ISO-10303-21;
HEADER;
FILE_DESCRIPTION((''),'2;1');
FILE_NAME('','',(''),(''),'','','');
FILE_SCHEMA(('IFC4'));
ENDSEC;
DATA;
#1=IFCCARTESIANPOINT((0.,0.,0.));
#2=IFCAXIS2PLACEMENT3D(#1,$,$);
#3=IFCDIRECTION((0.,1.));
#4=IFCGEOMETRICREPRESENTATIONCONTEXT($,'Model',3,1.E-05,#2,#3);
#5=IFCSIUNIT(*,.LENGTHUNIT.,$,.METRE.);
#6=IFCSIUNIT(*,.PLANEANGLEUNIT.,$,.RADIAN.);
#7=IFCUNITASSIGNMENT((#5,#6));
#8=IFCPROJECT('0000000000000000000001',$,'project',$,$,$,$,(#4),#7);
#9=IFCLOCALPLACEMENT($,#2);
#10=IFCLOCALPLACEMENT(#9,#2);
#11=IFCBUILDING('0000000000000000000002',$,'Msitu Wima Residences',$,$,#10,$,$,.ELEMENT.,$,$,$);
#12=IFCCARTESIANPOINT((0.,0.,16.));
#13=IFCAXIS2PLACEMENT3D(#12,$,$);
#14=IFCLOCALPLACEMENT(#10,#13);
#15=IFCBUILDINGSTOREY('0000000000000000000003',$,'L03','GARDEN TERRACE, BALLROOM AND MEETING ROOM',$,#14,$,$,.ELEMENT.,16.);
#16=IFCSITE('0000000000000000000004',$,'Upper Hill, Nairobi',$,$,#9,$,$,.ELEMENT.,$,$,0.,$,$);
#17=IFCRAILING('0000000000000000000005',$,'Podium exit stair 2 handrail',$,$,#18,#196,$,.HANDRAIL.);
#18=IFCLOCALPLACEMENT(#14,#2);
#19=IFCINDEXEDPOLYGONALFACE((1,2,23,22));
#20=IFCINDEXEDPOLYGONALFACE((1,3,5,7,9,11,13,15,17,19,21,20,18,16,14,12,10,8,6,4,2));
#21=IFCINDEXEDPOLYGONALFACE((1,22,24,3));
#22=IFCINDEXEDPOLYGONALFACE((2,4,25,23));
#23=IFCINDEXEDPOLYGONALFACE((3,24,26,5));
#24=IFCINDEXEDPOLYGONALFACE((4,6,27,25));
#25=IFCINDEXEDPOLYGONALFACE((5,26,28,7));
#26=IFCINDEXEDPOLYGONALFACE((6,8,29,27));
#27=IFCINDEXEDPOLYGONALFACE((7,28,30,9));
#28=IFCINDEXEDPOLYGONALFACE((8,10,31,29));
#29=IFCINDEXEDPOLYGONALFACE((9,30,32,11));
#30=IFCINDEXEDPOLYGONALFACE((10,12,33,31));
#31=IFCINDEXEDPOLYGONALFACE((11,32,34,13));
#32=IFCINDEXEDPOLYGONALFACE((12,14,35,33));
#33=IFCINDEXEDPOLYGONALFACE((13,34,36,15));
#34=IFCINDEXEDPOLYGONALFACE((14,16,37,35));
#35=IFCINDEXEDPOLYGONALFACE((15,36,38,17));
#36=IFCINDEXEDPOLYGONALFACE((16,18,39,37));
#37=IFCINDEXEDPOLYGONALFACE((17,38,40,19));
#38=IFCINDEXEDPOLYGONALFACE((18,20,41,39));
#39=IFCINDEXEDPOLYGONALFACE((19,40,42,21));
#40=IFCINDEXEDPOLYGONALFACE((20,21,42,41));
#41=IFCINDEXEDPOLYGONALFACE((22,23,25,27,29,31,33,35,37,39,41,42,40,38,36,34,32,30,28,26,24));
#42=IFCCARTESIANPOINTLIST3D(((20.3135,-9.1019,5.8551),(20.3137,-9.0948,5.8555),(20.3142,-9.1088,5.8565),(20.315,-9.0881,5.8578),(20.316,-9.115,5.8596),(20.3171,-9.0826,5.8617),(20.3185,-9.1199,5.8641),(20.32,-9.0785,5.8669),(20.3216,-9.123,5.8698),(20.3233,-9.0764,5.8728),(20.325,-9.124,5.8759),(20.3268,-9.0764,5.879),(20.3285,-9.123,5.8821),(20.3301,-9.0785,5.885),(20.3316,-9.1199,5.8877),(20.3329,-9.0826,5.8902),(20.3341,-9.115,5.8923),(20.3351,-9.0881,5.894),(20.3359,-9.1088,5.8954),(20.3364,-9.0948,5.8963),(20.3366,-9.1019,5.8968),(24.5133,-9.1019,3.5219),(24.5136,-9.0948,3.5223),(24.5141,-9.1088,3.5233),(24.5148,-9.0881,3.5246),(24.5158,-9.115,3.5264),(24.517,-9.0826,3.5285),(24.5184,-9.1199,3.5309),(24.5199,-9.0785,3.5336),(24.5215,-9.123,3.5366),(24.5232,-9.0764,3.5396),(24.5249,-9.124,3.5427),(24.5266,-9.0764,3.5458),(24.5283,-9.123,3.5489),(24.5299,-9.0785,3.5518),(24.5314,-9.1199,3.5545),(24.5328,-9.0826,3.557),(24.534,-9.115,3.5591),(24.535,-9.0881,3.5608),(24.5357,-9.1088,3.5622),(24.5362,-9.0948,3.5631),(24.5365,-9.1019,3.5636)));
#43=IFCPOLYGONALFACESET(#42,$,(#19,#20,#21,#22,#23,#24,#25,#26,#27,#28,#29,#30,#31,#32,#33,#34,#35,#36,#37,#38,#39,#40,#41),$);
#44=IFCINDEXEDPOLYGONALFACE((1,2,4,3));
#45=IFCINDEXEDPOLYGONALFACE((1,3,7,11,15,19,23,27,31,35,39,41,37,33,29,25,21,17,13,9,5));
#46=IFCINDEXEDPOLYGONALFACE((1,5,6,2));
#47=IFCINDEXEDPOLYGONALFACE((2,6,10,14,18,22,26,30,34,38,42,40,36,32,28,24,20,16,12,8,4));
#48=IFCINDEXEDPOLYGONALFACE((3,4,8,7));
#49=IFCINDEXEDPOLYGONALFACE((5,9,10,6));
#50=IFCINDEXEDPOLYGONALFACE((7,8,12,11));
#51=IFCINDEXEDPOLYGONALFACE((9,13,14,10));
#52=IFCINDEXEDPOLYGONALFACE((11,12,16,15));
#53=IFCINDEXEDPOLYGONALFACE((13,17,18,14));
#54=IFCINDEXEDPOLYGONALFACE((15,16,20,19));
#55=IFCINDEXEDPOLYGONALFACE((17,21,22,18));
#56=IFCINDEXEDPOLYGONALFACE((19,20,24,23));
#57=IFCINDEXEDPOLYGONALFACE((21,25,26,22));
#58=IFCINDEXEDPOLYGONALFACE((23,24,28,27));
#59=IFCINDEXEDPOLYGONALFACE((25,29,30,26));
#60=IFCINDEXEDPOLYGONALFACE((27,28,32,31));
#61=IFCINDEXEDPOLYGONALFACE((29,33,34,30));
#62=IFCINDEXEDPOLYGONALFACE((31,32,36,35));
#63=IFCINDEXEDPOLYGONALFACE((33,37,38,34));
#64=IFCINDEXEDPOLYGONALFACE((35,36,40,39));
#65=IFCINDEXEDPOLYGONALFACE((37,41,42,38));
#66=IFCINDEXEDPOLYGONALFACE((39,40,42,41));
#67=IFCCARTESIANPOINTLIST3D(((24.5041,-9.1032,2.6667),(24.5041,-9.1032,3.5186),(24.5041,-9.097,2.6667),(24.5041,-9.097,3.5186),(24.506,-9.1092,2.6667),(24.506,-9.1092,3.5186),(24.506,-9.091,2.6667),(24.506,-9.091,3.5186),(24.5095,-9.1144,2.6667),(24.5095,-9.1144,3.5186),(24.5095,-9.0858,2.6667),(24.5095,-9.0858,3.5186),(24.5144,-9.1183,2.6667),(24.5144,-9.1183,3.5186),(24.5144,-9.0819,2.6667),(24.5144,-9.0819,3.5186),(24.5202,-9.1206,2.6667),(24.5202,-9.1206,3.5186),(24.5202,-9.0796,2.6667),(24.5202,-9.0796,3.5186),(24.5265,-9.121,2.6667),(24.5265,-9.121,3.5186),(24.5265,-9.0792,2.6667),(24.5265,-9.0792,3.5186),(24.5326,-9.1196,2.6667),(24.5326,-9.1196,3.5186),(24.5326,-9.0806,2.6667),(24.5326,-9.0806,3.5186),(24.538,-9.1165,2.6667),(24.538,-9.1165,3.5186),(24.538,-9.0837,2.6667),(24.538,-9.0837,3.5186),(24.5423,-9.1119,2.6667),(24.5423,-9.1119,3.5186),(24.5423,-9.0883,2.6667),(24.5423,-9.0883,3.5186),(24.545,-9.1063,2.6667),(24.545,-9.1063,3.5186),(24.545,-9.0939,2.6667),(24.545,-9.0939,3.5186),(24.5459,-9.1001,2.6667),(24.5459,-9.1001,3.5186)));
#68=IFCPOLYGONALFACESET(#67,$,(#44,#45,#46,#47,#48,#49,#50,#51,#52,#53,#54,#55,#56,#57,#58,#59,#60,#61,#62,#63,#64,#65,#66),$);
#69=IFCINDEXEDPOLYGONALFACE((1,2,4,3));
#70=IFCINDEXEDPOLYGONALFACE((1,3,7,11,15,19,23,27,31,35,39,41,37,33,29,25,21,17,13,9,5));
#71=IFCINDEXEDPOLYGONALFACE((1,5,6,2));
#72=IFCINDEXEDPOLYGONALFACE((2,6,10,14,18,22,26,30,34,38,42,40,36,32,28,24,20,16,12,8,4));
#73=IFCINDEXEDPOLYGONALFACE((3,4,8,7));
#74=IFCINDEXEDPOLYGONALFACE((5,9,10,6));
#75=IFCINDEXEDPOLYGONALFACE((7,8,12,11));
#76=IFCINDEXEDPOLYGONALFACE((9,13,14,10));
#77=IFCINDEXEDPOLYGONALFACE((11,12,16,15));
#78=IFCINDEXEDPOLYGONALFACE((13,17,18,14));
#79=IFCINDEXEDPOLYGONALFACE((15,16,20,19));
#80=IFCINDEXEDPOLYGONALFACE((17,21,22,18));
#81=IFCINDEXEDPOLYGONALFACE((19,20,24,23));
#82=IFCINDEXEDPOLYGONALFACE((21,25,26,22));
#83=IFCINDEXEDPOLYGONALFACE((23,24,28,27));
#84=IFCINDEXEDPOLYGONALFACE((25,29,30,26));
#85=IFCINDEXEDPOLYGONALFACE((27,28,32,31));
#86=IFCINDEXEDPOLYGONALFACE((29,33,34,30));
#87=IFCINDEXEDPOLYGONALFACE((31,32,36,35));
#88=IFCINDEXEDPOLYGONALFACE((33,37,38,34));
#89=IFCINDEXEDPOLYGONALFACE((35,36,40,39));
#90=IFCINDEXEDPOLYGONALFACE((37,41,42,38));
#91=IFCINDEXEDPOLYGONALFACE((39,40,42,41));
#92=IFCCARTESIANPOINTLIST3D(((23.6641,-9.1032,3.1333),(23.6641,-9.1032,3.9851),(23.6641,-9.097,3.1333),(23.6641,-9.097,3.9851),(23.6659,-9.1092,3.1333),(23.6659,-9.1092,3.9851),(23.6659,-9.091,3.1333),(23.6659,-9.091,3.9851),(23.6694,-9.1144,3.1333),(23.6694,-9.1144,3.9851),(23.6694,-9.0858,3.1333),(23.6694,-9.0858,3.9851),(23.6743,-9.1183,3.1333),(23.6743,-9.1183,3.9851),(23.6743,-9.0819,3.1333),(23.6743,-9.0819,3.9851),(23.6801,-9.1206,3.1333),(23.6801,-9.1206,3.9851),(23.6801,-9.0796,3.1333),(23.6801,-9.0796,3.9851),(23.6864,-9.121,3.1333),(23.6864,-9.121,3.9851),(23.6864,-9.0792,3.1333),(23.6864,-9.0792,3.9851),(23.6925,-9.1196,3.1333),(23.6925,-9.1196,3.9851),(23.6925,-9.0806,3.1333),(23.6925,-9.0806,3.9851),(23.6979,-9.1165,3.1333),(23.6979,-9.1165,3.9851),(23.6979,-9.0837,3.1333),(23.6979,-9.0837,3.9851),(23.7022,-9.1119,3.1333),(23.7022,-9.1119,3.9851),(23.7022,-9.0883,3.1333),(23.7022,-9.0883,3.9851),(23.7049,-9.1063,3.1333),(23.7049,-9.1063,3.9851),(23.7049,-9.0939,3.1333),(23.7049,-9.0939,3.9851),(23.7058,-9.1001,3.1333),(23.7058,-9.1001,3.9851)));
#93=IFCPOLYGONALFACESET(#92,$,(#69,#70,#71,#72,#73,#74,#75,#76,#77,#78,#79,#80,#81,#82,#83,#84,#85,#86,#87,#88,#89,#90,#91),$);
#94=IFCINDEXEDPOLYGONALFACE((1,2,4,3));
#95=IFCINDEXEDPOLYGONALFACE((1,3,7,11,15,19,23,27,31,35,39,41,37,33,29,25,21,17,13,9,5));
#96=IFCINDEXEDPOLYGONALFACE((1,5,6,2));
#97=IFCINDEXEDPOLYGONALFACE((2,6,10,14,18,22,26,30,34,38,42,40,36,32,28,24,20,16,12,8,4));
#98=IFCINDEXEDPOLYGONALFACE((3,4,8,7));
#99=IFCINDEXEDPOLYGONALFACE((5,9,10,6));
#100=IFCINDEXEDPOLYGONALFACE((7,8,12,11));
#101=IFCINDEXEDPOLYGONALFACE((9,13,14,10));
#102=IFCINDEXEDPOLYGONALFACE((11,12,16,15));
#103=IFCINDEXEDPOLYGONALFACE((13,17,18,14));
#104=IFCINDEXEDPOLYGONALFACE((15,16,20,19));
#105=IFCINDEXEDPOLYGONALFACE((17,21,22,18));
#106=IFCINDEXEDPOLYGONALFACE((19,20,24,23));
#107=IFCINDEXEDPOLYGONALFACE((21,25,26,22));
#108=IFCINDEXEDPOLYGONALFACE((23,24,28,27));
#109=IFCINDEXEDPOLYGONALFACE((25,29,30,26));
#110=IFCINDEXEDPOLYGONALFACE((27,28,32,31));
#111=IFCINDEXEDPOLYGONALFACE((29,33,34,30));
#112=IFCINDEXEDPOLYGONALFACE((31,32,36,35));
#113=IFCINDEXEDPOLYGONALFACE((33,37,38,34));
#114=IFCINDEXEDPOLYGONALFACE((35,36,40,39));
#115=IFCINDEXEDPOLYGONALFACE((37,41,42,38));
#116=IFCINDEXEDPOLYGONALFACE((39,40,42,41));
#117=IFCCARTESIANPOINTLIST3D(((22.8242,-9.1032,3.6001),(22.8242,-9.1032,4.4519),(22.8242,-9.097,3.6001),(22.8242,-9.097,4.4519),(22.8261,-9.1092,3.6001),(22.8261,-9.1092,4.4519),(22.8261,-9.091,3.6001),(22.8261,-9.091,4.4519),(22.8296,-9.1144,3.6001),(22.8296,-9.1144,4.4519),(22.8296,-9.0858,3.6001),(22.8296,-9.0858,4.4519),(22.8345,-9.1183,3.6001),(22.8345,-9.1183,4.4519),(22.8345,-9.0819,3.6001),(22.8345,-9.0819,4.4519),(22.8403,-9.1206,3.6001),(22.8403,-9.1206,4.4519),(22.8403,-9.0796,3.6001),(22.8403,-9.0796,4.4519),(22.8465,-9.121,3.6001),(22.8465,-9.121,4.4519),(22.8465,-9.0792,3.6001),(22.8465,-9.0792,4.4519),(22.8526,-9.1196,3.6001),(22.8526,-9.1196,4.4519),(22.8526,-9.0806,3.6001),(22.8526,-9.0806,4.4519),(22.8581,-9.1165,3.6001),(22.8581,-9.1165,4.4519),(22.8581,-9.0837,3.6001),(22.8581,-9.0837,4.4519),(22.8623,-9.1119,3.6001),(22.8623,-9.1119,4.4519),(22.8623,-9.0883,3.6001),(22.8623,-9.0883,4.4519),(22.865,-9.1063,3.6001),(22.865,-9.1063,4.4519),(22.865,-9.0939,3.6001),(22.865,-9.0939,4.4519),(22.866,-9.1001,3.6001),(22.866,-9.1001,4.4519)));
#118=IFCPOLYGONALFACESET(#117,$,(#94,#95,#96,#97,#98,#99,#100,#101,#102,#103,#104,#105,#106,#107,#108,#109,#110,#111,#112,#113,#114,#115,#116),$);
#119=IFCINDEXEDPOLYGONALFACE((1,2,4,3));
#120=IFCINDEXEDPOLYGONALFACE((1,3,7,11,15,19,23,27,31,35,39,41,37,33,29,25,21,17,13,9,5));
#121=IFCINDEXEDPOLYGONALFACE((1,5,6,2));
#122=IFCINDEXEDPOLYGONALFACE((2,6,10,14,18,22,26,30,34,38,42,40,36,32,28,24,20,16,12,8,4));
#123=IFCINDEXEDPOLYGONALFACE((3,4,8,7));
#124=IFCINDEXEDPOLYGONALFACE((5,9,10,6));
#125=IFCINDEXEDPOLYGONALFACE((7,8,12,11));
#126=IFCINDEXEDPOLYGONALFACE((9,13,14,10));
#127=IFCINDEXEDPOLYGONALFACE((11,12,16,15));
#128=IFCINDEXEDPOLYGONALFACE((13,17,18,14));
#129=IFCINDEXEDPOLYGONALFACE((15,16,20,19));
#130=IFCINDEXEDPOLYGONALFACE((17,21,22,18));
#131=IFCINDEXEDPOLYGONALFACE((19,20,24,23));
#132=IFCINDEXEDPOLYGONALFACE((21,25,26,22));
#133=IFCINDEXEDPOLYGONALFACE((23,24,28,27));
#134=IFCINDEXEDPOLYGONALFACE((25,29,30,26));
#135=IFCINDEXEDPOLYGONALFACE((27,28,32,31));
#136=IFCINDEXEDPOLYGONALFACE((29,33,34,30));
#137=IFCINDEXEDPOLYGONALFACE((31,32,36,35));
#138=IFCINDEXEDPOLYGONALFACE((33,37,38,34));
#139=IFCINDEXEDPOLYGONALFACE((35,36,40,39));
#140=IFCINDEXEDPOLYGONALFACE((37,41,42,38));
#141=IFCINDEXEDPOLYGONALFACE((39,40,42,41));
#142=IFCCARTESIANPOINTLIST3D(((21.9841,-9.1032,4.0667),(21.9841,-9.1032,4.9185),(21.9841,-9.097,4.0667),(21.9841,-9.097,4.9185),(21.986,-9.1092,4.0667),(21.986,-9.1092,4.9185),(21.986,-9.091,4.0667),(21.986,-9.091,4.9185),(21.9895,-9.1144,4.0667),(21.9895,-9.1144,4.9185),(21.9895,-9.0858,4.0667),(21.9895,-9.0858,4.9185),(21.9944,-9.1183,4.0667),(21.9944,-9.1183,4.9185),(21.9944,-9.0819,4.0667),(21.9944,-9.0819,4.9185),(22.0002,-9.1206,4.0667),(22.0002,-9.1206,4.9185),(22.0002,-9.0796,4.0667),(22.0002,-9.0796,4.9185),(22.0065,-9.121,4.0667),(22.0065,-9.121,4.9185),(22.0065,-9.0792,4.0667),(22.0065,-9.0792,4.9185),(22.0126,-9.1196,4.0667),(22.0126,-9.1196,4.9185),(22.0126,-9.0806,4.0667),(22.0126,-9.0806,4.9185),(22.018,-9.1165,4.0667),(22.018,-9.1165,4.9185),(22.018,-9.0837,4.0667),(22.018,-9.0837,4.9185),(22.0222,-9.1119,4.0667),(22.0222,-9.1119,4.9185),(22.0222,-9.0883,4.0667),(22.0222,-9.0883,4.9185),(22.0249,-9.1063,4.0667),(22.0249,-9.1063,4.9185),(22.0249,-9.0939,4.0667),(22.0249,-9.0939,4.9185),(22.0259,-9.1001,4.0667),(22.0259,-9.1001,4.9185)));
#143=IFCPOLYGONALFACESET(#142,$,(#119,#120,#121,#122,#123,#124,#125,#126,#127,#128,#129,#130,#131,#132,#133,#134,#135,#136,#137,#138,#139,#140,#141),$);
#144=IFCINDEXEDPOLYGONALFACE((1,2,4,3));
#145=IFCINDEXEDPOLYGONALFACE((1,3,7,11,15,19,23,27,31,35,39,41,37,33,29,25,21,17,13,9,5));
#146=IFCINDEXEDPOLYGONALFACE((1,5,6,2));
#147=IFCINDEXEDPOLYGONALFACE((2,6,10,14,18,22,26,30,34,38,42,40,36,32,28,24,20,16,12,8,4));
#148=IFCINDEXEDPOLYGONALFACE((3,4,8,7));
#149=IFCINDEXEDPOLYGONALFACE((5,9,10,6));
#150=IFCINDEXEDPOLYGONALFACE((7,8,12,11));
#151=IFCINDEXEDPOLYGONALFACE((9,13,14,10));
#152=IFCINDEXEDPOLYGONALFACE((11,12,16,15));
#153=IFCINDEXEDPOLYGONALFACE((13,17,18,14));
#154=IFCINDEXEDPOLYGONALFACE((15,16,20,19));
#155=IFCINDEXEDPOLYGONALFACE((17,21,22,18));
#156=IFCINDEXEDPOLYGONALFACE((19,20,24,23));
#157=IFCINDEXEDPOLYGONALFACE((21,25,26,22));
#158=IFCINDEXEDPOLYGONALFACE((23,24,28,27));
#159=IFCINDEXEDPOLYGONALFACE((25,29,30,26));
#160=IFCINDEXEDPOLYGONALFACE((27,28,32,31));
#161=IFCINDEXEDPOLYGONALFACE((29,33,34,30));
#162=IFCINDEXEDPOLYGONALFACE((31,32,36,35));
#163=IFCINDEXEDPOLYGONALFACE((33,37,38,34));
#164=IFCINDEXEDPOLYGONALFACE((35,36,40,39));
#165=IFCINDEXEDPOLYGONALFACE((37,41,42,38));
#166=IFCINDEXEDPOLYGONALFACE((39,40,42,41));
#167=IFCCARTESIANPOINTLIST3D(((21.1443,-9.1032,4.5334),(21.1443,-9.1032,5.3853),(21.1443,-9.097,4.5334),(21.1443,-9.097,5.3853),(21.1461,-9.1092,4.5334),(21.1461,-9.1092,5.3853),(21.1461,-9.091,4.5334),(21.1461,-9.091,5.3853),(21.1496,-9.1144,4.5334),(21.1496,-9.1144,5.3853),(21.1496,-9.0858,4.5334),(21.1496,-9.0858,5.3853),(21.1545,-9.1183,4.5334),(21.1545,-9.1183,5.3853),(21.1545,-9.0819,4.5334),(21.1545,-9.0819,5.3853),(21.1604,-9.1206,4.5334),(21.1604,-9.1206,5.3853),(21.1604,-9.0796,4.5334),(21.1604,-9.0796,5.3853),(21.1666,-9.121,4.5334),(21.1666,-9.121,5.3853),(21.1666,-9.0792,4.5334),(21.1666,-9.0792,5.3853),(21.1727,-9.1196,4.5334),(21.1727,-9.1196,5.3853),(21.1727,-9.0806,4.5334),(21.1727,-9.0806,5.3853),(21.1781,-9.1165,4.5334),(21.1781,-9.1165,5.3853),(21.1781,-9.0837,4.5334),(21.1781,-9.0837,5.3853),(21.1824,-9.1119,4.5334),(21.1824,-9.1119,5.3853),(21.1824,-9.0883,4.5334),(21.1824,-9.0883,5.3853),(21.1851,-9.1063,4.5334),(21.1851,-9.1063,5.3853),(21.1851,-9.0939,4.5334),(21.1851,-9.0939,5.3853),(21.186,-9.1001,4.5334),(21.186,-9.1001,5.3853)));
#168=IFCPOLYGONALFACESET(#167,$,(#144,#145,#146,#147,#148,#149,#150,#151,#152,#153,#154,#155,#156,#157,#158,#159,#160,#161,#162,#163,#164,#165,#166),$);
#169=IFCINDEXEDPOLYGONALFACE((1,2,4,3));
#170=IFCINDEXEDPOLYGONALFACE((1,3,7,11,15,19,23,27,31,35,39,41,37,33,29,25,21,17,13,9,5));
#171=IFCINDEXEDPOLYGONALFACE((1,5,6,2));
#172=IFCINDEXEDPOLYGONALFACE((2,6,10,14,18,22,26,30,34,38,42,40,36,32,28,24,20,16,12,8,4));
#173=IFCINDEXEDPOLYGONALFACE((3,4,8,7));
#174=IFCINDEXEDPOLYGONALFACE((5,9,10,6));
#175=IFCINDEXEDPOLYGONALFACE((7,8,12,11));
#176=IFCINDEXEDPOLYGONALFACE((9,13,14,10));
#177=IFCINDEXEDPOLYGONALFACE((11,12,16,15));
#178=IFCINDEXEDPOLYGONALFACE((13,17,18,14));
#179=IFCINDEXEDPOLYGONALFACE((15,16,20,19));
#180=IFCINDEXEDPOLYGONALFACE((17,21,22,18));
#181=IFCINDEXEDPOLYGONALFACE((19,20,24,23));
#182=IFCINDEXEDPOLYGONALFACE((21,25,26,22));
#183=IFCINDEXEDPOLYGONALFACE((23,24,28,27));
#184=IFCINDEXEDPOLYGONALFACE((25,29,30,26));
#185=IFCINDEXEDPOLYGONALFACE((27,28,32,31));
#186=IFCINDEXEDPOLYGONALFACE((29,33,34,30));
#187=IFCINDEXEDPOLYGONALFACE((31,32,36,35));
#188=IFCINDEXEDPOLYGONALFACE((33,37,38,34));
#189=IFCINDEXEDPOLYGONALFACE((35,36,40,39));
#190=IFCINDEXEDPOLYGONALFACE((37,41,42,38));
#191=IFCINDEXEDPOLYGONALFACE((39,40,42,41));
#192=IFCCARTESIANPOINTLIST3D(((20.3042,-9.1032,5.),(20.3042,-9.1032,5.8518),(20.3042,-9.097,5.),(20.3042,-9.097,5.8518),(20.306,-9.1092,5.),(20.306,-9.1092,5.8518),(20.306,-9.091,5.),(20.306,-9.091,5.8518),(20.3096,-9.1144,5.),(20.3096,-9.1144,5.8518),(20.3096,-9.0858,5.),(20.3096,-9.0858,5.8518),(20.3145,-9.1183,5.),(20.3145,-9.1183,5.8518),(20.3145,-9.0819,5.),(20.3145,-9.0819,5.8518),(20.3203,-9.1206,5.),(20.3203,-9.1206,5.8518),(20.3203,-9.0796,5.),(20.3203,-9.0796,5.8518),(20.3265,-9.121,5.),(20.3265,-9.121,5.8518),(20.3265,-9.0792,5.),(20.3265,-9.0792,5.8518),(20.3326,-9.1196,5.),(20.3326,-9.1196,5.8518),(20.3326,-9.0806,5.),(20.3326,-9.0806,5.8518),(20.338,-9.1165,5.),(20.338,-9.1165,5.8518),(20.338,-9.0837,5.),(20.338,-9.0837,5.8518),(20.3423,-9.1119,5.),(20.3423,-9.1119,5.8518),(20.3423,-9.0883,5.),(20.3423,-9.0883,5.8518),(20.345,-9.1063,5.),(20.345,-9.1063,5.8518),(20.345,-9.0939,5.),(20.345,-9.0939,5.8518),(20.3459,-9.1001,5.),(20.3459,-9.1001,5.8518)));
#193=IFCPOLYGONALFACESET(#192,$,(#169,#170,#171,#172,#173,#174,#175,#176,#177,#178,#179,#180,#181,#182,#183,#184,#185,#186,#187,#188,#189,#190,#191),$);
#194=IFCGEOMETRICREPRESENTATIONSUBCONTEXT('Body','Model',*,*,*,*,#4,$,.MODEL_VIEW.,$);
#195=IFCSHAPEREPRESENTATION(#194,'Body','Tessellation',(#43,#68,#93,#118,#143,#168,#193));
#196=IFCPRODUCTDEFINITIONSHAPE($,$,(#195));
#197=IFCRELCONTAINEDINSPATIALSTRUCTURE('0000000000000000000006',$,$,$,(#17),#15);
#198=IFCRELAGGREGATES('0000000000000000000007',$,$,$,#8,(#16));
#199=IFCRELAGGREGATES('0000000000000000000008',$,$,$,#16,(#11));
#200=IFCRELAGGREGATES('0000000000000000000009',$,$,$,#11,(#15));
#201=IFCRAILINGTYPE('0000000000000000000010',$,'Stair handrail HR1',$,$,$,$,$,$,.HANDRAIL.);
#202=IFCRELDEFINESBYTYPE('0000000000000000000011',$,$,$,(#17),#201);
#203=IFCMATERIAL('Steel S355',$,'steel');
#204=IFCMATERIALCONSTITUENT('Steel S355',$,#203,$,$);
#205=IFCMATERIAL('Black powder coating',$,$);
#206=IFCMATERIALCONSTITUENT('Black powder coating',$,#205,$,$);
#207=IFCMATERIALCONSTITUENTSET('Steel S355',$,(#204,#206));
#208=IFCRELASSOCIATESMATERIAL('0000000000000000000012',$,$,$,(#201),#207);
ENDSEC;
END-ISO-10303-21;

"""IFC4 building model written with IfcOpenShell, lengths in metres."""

from ifc_helpers import new_model, si_unit, direction, frame, origin, origin_2d, place, context, subcontext, project, spatial, circle, extrude, material, constituent, constituent_set, type_object, element, save


model = new_model("IFC4")

# Units and contexts
model_context = context("Model", 3, precision=1e-05, world=origin(), true_north=direction((0.0, 1.0)))
body_context = subcontext(model_context, "Body", "Model", "MODEL_VIEW")
ifc_project = project(units=[si_unit("LENGTHUNIT", "METRE"), si_unit("PLANEANGLEUNIT", "RADIAN")], contexts=[model_context])

# Site, building, storey
site_placement = place(None, origin())
site = spatial("IfcSite", under=ifc_project, at=site_placement, Name="Upper Hill, Nairobi", CompositionType="ELEMENT", RefElevation=0.0)
building_placement = place(site_placement, origin())
building = spatial("IfcBuilding", under=site, at=building_placement, Name="Msitu Wima Residences", CompositionType="ELEMENT")
storey_placement = place(building_placement, frame((0.0, 0.0, 16.0)))
storey = spatial("IfcBuildingStorey", under=building, at=storey_placement, Name="L03", Description="GARDEN TERRACE, BALLROOM AND MEETING ROOM", CompositionType="ELEMENT", Elevation=16.0)

# Railing
ifc_material_1 = material(Name="Steel S355", Category="steel")
ifc_constituent_1 = constituent(ifc_material_1, Name="Steel S355")
ifc_material_2 = material(Name="Black powder coating")
ifc_constituent_2 = constituent(ifc_material_2, Name="Black powder coating")
ifc_constituent_set = constituent_set(constituents=[ifc_constituent_1, ifc_constituent_2], Name="Steel S355")
railing_type = type_object("IfcRailingType", Name="Stair handrail HR1", PredefinedType="HANDRAIL", material=ifc_constituent_set)
for number, where, name in (
    (1, (24.5249, -9.1001, 2.6667), "Podium exit stair 2 handrail"),
):
    element("IfcRailing", number, at=place(storey_placement, frame(where)), inside=storey, type_object=railing_type, Name=name, PredefinedType="HANDRAIL", context=body_context, shape_type="SweptSolid", body=[
        extrude(circle(Radius=0.0239, at=origin_2d()), frame((0.0, 0.0, 0.876), z_axis=(-0.874162, 0.0, 0.485634), x_axis=(0.0, -1.0, 0.0)), (0.0, 0.0, 1.0), 4.8044),
        extrude(circle(Radius=0.021, at=origin_2d()), origin(), (0.0, 0.0, 1.0), 0.8518),
        extrude(circle(Radius=0.021, at=origin_2d()), frame((-0.8401, 0.0, 0.4666)), (0.0, 0.0, 1.0), 0.8518),
        extrude(circle(Radius=0.021, at=origin_2d()), frame((-1.6799, 0.0, 0.9333)), (0.0, 0.0, 1.0), 0.8518),
        extrude(circle(Radius=0.021, at=origin_2d()), frame((-2.52, 0.0, 1.3999)), (0.0, 0.0, 1.0), 0.8518),
        extrude(circle(Radius=0.021, at=origin_2d()), frame((-3.3599, 0.0, 1.8667)), (0.0, 0.0, 1.0), 0.8518),
        extrude(circle(Radius=0.021, at=origin_2d()), frame((-4.2, 0.0, 2.3333)), (0.0, 0.0, 1.0), 0.8518),
    ])

save(model, "model.ifc")
